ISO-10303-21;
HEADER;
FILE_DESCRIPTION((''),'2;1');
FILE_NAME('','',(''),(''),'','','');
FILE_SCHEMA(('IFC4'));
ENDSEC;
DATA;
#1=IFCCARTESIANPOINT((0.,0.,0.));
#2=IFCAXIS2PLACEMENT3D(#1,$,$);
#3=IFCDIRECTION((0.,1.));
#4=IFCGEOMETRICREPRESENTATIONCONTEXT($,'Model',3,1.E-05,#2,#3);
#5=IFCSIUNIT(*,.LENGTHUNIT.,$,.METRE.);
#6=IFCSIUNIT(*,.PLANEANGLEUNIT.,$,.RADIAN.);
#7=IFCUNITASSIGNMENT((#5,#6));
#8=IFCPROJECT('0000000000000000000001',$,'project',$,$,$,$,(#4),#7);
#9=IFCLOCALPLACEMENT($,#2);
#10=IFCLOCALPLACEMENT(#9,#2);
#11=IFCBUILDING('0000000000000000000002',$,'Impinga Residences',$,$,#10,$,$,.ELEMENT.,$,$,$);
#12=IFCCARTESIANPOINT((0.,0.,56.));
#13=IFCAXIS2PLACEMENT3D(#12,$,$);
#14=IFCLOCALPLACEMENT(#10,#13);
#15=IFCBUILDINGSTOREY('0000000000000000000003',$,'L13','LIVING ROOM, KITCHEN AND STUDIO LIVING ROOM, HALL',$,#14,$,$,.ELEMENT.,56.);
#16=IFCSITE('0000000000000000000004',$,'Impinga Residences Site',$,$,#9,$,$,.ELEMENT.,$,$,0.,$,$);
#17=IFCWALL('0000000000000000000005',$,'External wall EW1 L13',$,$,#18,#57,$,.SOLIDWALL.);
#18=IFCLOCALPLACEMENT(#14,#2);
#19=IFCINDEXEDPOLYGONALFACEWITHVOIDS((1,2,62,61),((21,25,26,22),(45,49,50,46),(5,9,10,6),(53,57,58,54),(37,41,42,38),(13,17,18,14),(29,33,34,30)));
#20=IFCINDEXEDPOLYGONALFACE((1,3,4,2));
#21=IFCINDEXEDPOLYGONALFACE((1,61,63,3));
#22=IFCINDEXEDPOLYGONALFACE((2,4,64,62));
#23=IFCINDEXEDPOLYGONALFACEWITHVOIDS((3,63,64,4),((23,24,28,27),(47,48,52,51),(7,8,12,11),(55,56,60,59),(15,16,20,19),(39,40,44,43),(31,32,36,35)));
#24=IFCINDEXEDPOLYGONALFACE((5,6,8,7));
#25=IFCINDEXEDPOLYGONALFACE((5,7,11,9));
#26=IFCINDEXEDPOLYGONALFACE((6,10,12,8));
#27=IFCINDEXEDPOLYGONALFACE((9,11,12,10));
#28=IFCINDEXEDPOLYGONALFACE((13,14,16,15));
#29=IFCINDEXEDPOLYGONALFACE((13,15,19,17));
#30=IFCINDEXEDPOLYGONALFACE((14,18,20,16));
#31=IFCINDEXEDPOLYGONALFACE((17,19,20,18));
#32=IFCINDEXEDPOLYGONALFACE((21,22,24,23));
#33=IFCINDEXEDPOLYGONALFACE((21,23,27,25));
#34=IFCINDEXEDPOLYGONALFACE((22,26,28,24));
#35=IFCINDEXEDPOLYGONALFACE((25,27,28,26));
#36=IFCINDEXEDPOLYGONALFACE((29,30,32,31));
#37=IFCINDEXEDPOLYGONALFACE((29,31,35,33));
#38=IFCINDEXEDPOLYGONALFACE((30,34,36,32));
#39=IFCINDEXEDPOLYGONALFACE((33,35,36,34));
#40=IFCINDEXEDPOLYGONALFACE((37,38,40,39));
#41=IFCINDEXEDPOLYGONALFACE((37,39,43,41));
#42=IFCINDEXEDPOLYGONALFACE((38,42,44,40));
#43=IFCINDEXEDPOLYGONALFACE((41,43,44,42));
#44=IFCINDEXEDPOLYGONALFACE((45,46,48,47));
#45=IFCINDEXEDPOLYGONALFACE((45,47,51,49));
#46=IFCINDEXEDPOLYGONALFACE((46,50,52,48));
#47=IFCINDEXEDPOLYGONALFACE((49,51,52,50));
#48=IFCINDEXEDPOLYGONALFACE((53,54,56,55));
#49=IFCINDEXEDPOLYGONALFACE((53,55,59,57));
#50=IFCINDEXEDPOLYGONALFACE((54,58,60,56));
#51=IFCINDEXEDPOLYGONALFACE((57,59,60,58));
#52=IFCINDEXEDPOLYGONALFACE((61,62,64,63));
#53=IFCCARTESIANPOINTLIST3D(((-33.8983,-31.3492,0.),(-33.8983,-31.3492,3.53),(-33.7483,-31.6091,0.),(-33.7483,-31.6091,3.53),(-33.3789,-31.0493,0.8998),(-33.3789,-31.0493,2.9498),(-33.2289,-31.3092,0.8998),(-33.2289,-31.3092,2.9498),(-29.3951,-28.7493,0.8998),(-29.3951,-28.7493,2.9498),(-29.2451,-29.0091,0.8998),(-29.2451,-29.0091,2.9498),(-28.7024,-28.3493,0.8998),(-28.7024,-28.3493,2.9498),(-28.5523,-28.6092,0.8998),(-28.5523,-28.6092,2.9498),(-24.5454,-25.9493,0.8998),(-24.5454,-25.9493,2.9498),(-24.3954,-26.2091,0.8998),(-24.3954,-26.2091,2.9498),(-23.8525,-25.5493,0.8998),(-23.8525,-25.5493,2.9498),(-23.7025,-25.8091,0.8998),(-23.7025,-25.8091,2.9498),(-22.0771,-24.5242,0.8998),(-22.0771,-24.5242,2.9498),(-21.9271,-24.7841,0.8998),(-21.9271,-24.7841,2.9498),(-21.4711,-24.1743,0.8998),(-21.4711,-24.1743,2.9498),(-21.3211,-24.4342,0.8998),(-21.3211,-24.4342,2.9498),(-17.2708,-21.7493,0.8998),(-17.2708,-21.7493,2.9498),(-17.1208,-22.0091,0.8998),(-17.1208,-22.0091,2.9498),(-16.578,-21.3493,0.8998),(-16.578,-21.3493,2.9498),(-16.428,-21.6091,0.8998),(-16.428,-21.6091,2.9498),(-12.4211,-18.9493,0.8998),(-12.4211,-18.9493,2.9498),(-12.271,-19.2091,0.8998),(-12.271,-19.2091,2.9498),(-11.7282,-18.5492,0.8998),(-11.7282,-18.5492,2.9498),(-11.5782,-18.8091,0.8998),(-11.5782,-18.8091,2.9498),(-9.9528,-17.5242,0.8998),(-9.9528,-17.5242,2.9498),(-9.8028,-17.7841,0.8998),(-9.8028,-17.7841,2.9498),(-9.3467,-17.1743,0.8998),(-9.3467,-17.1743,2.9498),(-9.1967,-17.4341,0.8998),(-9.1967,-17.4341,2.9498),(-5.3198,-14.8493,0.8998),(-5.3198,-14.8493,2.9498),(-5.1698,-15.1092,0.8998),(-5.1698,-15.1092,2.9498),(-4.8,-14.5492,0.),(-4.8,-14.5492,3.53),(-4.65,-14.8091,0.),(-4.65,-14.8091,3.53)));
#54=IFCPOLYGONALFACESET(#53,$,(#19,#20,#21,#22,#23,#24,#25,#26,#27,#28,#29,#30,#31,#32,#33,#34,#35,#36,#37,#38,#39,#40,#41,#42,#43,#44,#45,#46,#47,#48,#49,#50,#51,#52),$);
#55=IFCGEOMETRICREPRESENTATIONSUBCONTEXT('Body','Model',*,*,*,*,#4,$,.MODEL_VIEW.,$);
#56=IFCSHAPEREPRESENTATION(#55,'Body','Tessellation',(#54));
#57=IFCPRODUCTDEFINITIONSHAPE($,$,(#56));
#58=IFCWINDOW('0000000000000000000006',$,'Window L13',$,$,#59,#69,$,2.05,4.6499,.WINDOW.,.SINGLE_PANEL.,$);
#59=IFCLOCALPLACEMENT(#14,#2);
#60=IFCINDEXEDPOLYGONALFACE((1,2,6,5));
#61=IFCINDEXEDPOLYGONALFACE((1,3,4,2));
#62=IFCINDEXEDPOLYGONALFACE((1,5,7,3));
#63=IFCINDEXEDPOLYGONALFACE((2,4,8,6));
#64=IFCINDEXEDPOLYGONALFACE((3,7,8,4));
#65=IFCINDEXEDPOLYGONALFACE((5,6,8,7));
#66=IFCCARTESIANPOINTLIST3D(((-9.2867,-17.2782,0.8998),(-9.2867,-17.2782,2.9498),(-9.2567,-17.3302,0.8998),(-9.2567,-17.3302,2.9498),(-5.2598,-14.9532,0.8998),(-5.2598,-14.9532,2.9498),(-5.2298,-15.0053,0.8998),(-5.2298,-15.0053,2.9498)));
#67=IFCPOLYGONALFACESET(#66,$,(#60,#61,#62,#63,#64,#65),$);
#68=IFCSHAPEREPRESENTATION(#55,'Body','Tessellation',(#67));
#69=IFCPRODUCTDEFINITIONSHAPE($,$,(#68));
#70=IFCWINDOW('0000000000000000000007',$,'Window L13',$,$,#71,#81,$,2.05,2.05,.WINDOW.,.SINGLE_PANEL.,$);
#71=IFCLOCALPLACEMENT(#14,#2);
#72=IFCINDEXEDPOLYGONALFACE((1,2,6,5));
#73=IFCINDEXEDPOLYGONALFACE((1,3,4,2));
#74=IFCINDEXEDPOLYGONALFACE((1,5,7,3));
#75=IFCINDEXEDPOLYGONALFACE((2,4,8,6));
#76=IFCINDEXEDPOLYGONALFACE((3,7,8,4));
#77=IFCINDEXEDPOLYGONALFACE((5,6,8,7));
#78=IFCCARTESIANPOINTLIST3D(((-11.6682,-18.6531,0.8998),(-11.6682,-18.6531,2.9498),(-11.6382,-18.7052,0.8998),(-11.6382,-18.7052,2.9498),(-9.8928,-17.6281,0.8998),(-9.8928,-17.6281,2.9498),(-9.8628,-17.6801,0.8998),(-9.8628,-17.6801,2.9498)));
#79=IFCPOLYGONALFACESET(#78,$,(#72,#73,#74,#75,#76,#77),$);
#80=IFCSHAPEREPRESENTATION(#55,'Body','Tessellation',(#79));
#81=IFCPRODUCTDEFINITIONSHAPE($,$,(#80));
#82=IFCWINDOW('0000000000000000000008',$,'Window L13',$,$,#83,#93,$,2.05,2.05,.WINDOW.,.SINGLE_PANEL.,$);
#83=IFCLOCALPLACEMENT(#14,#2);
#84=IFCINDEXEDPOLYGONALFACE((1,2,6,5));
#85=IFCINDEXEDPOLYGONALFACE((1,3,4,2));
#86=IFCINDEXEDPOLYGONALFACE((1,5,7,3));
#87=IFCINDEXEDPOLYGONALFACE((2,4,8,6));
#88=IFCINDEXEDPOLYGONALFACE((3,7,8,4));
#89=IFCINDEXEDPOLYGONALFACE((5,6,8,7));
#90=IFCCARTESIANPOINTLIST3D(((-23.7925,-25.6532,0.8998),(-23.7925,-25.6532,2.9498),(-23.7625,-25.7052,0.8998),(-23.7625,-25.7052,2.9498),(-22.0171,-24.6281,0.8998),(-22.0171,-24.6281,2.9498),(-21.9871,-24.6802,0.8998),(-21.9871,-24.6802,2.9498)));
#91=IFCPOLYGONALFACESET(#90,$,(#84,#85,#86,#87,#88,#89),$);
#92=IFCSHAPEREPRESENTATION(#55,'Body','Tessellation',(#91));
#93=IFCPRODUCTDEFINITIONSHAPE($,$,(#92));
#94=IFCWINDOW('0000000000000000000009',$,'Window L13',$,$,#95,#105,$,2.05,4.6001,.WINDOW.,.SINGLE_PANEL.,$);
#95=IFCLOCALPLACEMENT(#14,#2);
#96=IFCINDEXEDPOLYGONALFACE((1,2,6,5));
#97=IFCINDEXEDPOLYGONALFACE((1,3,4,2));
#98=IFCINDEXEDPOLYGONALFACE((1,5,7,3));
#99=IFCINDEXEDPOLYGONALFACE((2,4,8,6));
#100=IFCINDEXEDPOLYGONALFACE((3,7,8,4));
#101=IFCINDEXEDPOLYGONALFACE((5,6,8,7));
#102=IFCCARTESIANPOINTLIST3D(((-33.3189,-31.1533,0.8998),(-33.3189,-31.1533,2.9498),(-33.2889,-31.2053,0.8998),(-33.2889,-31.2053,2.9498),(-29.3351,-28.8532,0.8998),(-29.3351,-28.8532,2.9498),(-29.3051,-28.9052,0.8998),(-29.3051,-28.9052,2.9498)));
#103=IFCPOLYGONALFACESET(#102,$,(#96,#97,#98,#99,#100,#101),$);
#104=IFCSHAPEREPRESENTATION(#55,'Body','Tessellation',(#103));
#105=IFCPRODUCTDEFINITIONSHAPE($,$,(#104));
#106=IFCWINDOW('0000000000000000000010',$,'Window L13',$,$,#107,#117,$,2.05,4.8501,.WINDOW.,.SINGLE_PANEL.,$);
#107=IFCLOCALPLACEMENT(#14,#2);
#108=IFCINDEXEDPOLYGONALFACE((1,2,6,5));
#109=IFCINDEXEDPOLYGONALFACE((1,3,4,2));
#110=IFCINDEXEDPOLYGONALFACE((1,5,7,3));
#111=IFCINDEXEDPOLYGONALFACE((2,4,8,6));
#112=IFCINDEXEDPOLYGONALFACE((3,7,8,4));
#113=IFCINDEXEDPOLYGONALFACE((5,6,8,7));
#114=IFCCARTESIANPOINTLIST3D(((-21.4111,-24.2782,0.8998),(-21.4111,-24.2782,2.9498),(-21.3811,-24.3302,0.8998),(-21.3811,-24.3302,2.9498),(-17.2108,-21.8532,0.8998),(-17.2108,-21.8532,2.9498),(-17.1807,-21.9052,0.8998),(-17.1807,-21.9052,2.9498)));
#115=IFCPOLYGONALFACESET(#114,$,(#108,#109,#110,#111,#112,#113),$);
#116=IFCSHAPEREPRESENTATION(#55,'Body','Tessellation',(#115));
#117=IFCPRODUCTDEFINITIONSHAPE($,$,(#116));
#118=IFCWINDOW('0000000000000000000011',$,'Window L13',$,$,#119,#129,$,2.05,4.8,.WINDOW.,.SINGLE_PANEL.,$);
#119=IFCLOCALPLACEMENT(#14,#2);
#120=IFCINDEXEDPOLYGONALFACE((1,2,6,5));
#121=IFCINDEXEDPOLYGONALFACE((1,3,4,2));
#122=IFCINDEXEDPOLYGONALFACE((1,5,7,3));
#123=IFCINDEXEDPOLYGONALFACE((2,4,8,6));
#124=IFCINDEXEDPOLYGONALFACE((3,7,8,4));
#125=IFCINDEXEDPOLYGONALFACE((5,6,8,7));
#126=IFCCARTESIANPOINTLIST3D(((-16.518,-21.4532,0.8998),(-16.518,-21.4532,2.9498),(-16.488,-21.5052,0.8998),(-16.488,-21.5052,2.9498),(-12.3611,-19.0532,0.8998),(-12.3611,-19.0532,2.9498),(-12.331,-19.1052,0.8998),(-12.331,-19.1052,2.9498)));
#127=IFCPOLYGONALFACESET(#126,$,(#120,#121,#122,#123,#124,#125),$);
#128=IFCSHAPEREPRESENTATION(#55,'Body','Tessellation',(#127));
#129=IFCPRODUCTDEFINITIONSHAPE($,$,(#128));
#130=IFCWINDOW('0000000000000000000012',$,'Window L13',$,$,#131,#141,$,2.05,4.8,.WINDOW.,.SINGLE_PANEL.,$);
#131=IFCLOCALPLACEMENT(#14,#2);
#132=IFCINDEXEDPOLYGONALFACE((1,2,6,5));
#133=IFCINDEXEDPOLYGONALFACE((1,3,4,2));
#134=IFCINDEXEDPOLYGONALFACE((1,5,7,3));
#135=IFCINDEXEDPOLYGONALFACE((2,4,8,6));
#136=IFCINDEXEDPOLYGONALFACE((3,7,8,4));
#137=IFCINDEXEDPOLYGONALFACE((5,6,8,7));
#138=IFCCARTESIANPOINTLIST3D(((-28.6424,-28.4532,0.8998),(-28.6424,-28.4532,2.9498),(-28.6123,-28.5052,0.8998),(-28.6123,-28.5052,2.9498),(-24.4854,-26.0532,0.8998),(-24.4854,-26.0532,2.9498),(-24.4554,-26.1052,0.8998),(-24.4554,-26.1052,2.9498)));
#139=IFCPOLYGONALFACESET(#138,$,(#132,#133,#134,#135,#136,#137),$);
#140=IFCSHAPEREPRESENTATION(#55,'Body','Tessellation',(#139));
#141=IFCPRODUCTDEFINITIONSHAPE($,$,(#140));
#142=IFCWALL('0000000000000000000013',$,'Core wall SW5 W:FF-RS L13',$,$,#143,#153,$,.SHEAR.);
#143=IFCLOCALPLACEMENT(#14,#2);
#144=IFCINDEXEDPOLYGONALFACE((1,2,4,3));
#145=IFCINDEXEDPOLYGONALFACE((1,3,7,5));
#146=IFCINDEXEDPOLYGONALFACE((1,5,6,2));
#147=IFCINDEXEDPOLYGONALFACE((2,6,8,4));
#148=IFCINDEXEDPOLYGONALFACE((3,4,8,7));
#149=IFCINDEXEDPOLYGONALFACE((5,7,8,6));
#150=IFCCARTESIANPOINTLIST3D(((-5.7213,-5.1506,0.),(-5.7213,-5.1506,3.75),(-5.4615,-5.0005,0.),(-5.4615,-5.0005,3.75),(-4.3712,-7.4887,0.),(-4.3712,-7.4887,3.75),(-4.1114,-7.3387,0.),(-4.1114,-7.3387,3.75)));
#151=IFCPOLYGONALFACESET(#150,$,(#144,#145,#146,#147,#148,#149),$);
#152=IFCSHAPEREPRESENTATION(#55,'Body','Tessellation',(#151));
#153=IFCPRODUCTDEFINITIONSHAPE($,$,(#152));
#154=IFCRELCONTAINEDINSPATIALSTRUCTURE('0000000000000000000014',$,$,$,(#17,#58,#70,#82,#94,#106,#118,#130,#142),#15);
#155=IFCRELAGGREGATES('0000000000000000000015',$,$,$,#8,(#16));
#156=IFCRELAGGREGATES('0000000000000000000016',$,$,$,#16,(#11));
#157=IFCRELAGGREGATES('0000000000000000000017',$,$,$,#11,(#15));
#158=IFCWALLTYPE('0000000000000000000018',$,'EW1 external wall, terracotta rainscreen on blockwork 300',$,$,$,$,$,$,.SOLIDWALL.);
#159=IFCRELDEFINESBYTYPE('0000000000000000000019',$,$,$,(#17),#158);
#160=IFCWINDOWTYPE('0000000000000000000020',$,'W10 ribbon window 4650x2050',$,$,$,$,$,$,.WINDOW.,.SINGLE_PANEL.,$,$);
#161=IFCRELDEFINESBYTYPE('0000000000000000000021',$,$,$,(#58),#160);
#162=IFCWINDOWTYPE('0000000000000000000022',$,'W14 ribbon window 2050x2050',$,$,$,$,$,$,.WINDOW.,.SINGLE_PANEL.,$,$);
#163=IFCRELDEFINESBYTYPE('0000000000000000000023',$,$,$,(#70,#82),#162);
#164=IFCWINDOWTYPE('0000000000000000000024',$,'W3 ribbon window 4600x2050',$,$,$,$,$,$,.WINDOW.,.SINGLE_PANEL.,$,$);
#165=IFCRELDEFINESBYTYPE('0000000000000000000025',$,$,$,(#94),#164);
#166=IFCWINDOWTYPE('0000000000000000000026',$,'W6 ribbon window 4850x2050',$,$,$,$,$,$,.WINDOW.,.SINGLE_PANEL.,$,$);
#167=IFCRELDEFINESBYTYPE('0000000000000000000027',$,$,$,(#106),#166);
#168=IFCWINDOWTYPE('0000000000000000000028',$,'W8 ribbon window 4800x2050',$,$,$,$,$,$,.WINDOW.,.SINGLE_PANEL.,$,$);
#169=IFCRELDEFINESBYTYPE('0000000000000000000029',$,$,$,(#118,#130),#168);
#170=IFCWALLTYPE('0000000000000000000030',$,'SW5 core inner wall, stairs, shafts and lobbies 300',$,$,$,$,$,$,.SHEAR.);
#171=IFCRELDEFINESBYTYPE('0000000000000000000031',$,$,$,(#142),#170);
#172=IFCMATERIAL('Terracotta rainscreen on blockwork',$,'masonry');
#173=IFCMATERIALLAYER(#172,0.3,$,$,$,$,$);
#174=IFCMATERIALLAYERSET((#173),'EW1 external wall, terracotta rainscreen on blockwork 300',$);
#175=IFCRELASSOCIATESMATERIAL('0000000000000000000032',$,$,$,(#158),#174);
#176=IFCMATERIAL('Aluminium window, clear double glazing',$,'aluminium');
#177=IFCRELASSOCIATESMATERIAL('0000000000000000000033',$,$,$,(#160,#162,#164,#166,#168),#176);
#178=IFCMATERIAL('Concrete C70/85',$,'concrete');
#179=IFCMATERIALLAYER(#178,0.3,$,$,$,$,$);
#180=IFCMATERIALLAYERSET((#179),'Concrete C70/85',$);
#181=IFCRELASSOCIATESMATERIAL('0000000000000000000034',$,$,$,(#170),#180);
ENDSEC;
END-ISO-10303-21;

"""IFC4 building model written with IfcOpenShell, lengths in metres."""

from ifc_helpers import new_model, si_unit, direction, frame, frame_2d, origin, place, context, subcontext, project, spatial, rectangle, extrude, material, layer, layer_set, type_object, element, fill, save


model = new_model("IFC4")

# Units and contexts
model_context = context("Model", 3, precision=1e-05, world=origin(), true_north=direction((0.0, 1.0)))
body_context = subcontext(model_context, "Body", "Model", "MODEL_VIEW")
ifc_project = project(units=[si_unit("LENGTHUNIT", "METRE"), si_unit("PLANEANGLEUNIT", "RADIAN")], contexts=[model_context])

# Site, building, storey
site_placement = place(None, origin())
site = spatial("IfcSite", under=ifc_project, at=site_placement, Name="Impinga Residences Site", CompositionType="ELEMENT", RefElevation=0.0)
building_placement = place(site_placement, origin())
building = spatial("IfcBuilding", under=site, at=building_placement, Name="Impinga Residences", CompositionType="ELEMENT")
storey_placement = place(building_placement, frame((0.0, 0.0, 56.0)))
storey = spatial("IfcBuildingStorey", under=building, at=storey_placement, Name="L13", Description="LIVING ROOM, KITCHEN AND STUDIO LIVING ROOM, HALL", CompositionType="ELEMENT", Elevation=56.0)

# Shared definitions
ifc_material_1 = material(Name="Concrete C70/85", Category="concrete")

# Shared definitions
ifc_material_2 = material(Name="Terracotta rainscreen on blockwork", Category="masonry")
ifc_layer_1 = layer(ifc_material_2, 0.3)
ifc_layer_set_1 = layer_set([ifc_layer_1], Name="EW1 external wall, terracotta rainscreen on blockwork 300")
wall_type_1 = type_object("IfcWallType", Name="EW1 external wall, terracotta rainscreen on blockwork 300", PredefinedType="SOLIDWALL", material=ifc_layer_set_1)

# Wall, openings, windows
wall_1_placement = place(storey_placement, frame((-4.7251, -14.6792, 0.0), z_axis=(0.0, 0.0, 1.0), x_axis=(-0.866024, -0.500002, 0.0)))
wall_1 = element("IfcWall", 1, at=wall_1_placement, inside=storey, type_object=wall_type_1, Name="External wall EW1 L13", PredefinedType="SOLIDWALL", context=body_context, shape_type="SweptSolid", body=[
    extrude(rectangle(XDim=33.5999, YDim=0.3, at=frame_2d((16.7998, 0.0))), origin(), (0.0, 0.0, 1.0), 3.53),
])
opening_1_placement = place(wall_1_placement, frame((0.6001, 0.0, 0.8999)))
opening_1 = element("IfcOpeningElement", 2, at=opening_1_placement, cuts=wall_1, PredefinedType="OPENING", context=body_context, shape_type="SweptSolid", body=[
    extrude(rectangle(XDim=4.6499, YDim=2.05, at=frame_2d((2.325, 1.0249))), frame((0.0, 0.1599, 0.0), z_axis=(0.0, -1.0, 0.0), x_axis=(1.0, 0.0, 0.0)), (0.0, 0.0, 1.0), 0.3201),
])
opening_2_placement = place(wall_1_placement, frame((5.95, 0.0, 0.8999)))
opening_2 = element("IfcOpeningElement", 3, at=opening_2_placement, cuts=wall_1, PredefinedType="OPENING", context=body_context, shape_type="SweptSolid", body=[
    extrude(rectangle(XDim=2.05, YDim=2.05, at=frame_2d((1.0249, 1.0249))), frame((0.0, 0.1599, 0.0), z_axis=(0.0, -1.0, 0.0), x_axis=(1.0, 0.0, 0.0)), (0.0, 0.0, 1.0), 0.3201),
])
opening_3_placement = place(wall_1_placement, frame((8.8, 0.0, 0.8999)))
opening_3 = element("IfcOpeningElement", 4, at=opening_3_placement, cuts=wall_1, PredefinedType="OPENING", context=body_context, shape_type="SweptSolid", body=[
    extrude(rectangle(XDim=4.8, YDim=2.05, at=frame_2d((2.3999, 1.0249))), frame((0.0, 0.1599, 0.0), z_axis=(0.0, -1.0, 0.0), x_axis=(1.0, 0.0, 0.0)), (0.0, 0.0, 1.0), 0.3201),
])
opening_4_placement = place(wall_1_placement, frame((14.3999, 0.0, 0.8999)))
opening_4 = element("IfcOpeningElement", 5, at=opening_4_placement, cuts=wall_1, PredefinedType="OPENING", context=body_context, shape_type="SweptSolid", body=[
    extrude(rectangle(XDim=4.8501, YDim=2.05, at=frame_2d((2.425, 1.0249))), frame((0.0, 0.1599, 0.0), z_axis=(0.0, -1.0, 0.0), x_axis=(1.0, 0.0, 0.0)), (0.0, 0.0, 1.0), 0.3201),
])
opening_5_placement = place(wall_1_placement, frame((19.95, 0.0, 0.8999)))
opening_5 = element("IfcOpeningElement", 6, at=opening_5_placement, cuts=wall_1, PredefinedType="OPENING", context=body_context, shape_type="SweptSolid", body=[
    extrude(rectangle(XDim=2.05, YDim=2.05, at=frame_2d((1.0249, 1.0249))), frame((0.0, 0.1599, 0.0), z_axis=(0.0, -1.0, 0.0), x_axis=(1.0, 0.0, 0.0)), (0.0, 0.0, 1.0), 0.3201),
])
opening_6_placement = place(wall_1_placement, frame((22.8, 0.0, 0.8999)))
opening_6 = element("IfcOpeningElement", 7, at=opening_6_placement, cuts=wall_1, PredefinedType="OPENING", context=body_context, shape_type="SweptSolid", body=[
    extrude(rectangle(XDim=4.8, YDim=2.05, at=frame_2d((2.3999, 1.0249))), frame((0.0, 0.1599, 0.0), z_axis=(0.0, -1.0, 0.0), x_axis=(1.0, 0.0, 0.0)), (0.0, 0.0, 1.0), 0.3201),
])
opening_7_placement = place(wall_1_placement, frame((28.3999, 0.0, 0.8999)))
opening_7 = element("IfcOpeningElement", 8, at=opening_7_placement, cuts=wall_1, PredefinedType="OPENING", context=body_context, shape_type="SweptSolid", body=[
    extrude(rectangle(XDim=4.6001, YDim=2.05, at=frame_2d((2.3, 1.0249))), frame((0.0, 0.1599, 0.0), z_axis=(0.0, -1.0, 0.0), x_axis=(1.0, 0.0, 0.0)), (0.0, 0.0, 1.0), 0.3201),
])
ifc_material_3 = material(Name="Aluminium window, clear double glazing", Category="aluminium")
window_type_1 = type_object("IfcWindowType", Name="W10 ribbon window 4650x2050", PartitioningType="SINGLE_PANEL", PredefinedType="WINDOW", material=ifc_material_3)
window_1_placement = place(opening_1_placement, origin())
window_1 = element("IfcWindow", 9, at=window_1_placement, inside=storey, type_object=window_type_1, Name="Window L13", OverallHeight=2.05, OverallWidth=4.6499, PartitioningType="SINGLE_PANEL", PredefinedType="WINDOW", context=body_context, shape_type="SweptSolid", body=[
    extrude(rectangle(XDim=4.6499, YDim=2.05, at=frame_2d((2.325, 1.0249))), frame((0.0, 0.03, 0.0), z_axis=(0.0, -1.0, 0.0), x_axis=(1.0, 0.0, 0.0)), (0.0, 0.0, 1.0), 0.0601),
])
fill(opening_1, window_1)
window_type_2 = type_object("IfcWindowType", Name="W14 ribbon window 2050x2050", PartitioningType="SINGLE_PANEL", PredefinedType="WINDOW", material=ifc_material_3)
window_2_placement = place(opening_2_placement, origin())
window_2 = element("IfcWindow", 10, at=window_2_placement, inside=storey, type_object=window_type_2, Name="Window L13", OverallHeight=2.05, OverallWidth=2.05, PartitioningType="SINGLE_PANEL", PredefinedType="WINDOW", context=body_context, shape_type="SweptSolid", body=[
    extrude(rectangle(XDim=2.05, YDim=2.05, at=frame_2d((1.0249, 1.0249))), frame((0.0, 0.03, 0.0), z_axis=(0.0, -1.0, 0.0), x_axis=(1.0, 0.0, 0.0)), (0.0, 0.0, 1.0), 0.0601),
])
fill(opening_2, window_2)
window_3_placement = place(opening_5_placement, origin())
window_3 = element("IfcWindow", 11, at=window_3_placement, inside=storey, type_object=window_type_2, Name="Window L13", OverallHeight=2.05, OverallWidth=2.05, PartitioningType="SINGLE_PANEL", PredefinedType="WINDOW", context=body_context, shape_type="SweptSolid", body=[
    extrude(rectangle(XDim=2.05, YDim=2.05, at=frame_2d((1.0249, 1.0249))), frame((0.0, 0.03, 0.0), z_axis=(0.0, -1.0, 0.0), x_axis=(1.0, 0.0, 0.0)), (0.0, 0.0, 1.0), 0.0601),
])
fill(opening_5, window_3)
window_type_3 = type_object("IfcWindowType", Name="W3 ribbon window 4600x2050", PartitioningType="SINGLE_PANEL", PredefinedType="WINDOW", material=ifc_material_3)
window_4_placement = place(opening_7_placement, origin())
window_4 = element("IfcWindow", 12, at=window_4_placement, inside=storey, type_object=window_type_3, Name="Window L13", OverallHeight=2.05, OverallWidth=4.6001, PartitioningType="SINGLE_PANEL", PredefinedType="WINDOW", context=body_context, shape_type="SweptSolid", body=[
    extrude(rectangle(XDim=4.6001, YDim=2.05, at=frame_2d((2.3, 1.0249))), frame((0.0, 0.03, 0.0), z_axis=(0.0, -1.0, 0.0), x_axis=(1.0, 0.0, 0.0)), (0.0, 0.0, 1.0), 0.0601),
])
fill(opening_7, window_4)
window_type_4 = type_object("IfcWindowType", Name="W6 ribbon window 4850x2050", PartitioningType="SINGLE_PANEL", PredefinedType="WINDOW", material=ifc_material_3)
window_5_placement = place(opening_4_placement, origin())
window_5 = element("IfcWindow", 13, at=window_5_placement, inside=storey, type_object=window_type_4, Name="Window L13", OverallHeight=2.05, OverallWidth=4.8501, PartitioningType="SINGLE_PANEL", PredefinedType="WINDOW", context=body_context, shape_type="SweptSolid", body=[
    extrude(rectangle(XDim=4.8501, YDim=2.05, at=frame_2d((2.425, 1.0249))), frame((0.0, 0.03, 0.0), z_axis=(0.0, -1.0, 0.0), x_axis=(1.0, 0.0, 0.0)), (0.0, 0.0, 1.0), 0.0601),
])
fill(opening_4, window_5)
window_type_5 = type_object("IfcWindowType", Name="W8 ribbon window 4800x2050", PartitioningType="SINGLE_PANEL", PredefinedType="WINDOW", material=ifc_material_3)
window_6_placement = place(opening_3_placement, origin())
window_6 = element("IfcWindow", 14, at=window_6_placement, inside=storey, type_object=window_type_5, Name="Window L13", OverallHeight=2.05, OverallWidth=4.8, PartitioningType="SINGLE_PANEL", PredefinedType="WINDOW", context=body_context, shape_type="SweptSolid", body=[
    extrude(rectangle(XDim=4.8, YDim=2.05, at=frame_2d((2.3999, 1.0249))), frame((0.0, 0.03, 0.0), z_axis=(0.0, -1.0, 0.0), x_axis=(1.0, 0.0, 0.0)), (0.0, 0.0, 1.0), 0.0601),
])
fill(opening_3, window_6)
window_7_placement = place(opening_6_placement, origin())
window_7 = element("IfcWindow", 15, at=window_7_placement, inside=storey, type_object=window_type_5, Name="Window L13", OverallHeight=2.05, OverallWidth=4.8, PartitioningType="SINGLE_PANEL", PredefinedType="WINDOW", context=body_context, shape_type="SweptSolid", body=[
    extrude(rectangle(XDim=4.8, YDim=2.05, at=frame_2d((2.3999, 1.0249))), frame((0.0, 0.03, 0.0), z_axis=(0.0, -1.0, 0.0), x_axis=(1.0, 0.0, 0.0)), (0.0, 0.0, 1.0), 0.0601),
])
fill(opening_6, window_7)

# Wall
ifc_layer_2 = layer(ifc_material_1, 0.3)
ifc_layer_set_2 = layer_set([ifc_layer_2], Name="Concrete C70/85")
wall_type_2 = type_object("IfcWallType", Name="SW5 core inner wall, stairs, shafts and lobbies 300", PredefinedType="SHEAR", material=ifc_layer_set_2)
wall_2_placement = place(storey_placement, frame((-4.2412, -7.4138, 0.0), z_axis=(0.0, 0.0, 1.0), x_axis=(-0.500049, 0.865997, 0.0)))
element("IfcWall", 16, at=wall_2_placement, inside=storey, type_object=wall_type_2, Name="Core wall SW5 W:FF-RS L13", PredefinedType="SHEAR", context=body_context, shape_type="SweptSolid", body=[
    extrude(rectangle(XDim=2.7, YDim=0.3, at=frame_2d((1.3501, 0.0))), origin(), (0.0, 0.0, 1.0), 3.75),
])

save(model, "model.ifc")
